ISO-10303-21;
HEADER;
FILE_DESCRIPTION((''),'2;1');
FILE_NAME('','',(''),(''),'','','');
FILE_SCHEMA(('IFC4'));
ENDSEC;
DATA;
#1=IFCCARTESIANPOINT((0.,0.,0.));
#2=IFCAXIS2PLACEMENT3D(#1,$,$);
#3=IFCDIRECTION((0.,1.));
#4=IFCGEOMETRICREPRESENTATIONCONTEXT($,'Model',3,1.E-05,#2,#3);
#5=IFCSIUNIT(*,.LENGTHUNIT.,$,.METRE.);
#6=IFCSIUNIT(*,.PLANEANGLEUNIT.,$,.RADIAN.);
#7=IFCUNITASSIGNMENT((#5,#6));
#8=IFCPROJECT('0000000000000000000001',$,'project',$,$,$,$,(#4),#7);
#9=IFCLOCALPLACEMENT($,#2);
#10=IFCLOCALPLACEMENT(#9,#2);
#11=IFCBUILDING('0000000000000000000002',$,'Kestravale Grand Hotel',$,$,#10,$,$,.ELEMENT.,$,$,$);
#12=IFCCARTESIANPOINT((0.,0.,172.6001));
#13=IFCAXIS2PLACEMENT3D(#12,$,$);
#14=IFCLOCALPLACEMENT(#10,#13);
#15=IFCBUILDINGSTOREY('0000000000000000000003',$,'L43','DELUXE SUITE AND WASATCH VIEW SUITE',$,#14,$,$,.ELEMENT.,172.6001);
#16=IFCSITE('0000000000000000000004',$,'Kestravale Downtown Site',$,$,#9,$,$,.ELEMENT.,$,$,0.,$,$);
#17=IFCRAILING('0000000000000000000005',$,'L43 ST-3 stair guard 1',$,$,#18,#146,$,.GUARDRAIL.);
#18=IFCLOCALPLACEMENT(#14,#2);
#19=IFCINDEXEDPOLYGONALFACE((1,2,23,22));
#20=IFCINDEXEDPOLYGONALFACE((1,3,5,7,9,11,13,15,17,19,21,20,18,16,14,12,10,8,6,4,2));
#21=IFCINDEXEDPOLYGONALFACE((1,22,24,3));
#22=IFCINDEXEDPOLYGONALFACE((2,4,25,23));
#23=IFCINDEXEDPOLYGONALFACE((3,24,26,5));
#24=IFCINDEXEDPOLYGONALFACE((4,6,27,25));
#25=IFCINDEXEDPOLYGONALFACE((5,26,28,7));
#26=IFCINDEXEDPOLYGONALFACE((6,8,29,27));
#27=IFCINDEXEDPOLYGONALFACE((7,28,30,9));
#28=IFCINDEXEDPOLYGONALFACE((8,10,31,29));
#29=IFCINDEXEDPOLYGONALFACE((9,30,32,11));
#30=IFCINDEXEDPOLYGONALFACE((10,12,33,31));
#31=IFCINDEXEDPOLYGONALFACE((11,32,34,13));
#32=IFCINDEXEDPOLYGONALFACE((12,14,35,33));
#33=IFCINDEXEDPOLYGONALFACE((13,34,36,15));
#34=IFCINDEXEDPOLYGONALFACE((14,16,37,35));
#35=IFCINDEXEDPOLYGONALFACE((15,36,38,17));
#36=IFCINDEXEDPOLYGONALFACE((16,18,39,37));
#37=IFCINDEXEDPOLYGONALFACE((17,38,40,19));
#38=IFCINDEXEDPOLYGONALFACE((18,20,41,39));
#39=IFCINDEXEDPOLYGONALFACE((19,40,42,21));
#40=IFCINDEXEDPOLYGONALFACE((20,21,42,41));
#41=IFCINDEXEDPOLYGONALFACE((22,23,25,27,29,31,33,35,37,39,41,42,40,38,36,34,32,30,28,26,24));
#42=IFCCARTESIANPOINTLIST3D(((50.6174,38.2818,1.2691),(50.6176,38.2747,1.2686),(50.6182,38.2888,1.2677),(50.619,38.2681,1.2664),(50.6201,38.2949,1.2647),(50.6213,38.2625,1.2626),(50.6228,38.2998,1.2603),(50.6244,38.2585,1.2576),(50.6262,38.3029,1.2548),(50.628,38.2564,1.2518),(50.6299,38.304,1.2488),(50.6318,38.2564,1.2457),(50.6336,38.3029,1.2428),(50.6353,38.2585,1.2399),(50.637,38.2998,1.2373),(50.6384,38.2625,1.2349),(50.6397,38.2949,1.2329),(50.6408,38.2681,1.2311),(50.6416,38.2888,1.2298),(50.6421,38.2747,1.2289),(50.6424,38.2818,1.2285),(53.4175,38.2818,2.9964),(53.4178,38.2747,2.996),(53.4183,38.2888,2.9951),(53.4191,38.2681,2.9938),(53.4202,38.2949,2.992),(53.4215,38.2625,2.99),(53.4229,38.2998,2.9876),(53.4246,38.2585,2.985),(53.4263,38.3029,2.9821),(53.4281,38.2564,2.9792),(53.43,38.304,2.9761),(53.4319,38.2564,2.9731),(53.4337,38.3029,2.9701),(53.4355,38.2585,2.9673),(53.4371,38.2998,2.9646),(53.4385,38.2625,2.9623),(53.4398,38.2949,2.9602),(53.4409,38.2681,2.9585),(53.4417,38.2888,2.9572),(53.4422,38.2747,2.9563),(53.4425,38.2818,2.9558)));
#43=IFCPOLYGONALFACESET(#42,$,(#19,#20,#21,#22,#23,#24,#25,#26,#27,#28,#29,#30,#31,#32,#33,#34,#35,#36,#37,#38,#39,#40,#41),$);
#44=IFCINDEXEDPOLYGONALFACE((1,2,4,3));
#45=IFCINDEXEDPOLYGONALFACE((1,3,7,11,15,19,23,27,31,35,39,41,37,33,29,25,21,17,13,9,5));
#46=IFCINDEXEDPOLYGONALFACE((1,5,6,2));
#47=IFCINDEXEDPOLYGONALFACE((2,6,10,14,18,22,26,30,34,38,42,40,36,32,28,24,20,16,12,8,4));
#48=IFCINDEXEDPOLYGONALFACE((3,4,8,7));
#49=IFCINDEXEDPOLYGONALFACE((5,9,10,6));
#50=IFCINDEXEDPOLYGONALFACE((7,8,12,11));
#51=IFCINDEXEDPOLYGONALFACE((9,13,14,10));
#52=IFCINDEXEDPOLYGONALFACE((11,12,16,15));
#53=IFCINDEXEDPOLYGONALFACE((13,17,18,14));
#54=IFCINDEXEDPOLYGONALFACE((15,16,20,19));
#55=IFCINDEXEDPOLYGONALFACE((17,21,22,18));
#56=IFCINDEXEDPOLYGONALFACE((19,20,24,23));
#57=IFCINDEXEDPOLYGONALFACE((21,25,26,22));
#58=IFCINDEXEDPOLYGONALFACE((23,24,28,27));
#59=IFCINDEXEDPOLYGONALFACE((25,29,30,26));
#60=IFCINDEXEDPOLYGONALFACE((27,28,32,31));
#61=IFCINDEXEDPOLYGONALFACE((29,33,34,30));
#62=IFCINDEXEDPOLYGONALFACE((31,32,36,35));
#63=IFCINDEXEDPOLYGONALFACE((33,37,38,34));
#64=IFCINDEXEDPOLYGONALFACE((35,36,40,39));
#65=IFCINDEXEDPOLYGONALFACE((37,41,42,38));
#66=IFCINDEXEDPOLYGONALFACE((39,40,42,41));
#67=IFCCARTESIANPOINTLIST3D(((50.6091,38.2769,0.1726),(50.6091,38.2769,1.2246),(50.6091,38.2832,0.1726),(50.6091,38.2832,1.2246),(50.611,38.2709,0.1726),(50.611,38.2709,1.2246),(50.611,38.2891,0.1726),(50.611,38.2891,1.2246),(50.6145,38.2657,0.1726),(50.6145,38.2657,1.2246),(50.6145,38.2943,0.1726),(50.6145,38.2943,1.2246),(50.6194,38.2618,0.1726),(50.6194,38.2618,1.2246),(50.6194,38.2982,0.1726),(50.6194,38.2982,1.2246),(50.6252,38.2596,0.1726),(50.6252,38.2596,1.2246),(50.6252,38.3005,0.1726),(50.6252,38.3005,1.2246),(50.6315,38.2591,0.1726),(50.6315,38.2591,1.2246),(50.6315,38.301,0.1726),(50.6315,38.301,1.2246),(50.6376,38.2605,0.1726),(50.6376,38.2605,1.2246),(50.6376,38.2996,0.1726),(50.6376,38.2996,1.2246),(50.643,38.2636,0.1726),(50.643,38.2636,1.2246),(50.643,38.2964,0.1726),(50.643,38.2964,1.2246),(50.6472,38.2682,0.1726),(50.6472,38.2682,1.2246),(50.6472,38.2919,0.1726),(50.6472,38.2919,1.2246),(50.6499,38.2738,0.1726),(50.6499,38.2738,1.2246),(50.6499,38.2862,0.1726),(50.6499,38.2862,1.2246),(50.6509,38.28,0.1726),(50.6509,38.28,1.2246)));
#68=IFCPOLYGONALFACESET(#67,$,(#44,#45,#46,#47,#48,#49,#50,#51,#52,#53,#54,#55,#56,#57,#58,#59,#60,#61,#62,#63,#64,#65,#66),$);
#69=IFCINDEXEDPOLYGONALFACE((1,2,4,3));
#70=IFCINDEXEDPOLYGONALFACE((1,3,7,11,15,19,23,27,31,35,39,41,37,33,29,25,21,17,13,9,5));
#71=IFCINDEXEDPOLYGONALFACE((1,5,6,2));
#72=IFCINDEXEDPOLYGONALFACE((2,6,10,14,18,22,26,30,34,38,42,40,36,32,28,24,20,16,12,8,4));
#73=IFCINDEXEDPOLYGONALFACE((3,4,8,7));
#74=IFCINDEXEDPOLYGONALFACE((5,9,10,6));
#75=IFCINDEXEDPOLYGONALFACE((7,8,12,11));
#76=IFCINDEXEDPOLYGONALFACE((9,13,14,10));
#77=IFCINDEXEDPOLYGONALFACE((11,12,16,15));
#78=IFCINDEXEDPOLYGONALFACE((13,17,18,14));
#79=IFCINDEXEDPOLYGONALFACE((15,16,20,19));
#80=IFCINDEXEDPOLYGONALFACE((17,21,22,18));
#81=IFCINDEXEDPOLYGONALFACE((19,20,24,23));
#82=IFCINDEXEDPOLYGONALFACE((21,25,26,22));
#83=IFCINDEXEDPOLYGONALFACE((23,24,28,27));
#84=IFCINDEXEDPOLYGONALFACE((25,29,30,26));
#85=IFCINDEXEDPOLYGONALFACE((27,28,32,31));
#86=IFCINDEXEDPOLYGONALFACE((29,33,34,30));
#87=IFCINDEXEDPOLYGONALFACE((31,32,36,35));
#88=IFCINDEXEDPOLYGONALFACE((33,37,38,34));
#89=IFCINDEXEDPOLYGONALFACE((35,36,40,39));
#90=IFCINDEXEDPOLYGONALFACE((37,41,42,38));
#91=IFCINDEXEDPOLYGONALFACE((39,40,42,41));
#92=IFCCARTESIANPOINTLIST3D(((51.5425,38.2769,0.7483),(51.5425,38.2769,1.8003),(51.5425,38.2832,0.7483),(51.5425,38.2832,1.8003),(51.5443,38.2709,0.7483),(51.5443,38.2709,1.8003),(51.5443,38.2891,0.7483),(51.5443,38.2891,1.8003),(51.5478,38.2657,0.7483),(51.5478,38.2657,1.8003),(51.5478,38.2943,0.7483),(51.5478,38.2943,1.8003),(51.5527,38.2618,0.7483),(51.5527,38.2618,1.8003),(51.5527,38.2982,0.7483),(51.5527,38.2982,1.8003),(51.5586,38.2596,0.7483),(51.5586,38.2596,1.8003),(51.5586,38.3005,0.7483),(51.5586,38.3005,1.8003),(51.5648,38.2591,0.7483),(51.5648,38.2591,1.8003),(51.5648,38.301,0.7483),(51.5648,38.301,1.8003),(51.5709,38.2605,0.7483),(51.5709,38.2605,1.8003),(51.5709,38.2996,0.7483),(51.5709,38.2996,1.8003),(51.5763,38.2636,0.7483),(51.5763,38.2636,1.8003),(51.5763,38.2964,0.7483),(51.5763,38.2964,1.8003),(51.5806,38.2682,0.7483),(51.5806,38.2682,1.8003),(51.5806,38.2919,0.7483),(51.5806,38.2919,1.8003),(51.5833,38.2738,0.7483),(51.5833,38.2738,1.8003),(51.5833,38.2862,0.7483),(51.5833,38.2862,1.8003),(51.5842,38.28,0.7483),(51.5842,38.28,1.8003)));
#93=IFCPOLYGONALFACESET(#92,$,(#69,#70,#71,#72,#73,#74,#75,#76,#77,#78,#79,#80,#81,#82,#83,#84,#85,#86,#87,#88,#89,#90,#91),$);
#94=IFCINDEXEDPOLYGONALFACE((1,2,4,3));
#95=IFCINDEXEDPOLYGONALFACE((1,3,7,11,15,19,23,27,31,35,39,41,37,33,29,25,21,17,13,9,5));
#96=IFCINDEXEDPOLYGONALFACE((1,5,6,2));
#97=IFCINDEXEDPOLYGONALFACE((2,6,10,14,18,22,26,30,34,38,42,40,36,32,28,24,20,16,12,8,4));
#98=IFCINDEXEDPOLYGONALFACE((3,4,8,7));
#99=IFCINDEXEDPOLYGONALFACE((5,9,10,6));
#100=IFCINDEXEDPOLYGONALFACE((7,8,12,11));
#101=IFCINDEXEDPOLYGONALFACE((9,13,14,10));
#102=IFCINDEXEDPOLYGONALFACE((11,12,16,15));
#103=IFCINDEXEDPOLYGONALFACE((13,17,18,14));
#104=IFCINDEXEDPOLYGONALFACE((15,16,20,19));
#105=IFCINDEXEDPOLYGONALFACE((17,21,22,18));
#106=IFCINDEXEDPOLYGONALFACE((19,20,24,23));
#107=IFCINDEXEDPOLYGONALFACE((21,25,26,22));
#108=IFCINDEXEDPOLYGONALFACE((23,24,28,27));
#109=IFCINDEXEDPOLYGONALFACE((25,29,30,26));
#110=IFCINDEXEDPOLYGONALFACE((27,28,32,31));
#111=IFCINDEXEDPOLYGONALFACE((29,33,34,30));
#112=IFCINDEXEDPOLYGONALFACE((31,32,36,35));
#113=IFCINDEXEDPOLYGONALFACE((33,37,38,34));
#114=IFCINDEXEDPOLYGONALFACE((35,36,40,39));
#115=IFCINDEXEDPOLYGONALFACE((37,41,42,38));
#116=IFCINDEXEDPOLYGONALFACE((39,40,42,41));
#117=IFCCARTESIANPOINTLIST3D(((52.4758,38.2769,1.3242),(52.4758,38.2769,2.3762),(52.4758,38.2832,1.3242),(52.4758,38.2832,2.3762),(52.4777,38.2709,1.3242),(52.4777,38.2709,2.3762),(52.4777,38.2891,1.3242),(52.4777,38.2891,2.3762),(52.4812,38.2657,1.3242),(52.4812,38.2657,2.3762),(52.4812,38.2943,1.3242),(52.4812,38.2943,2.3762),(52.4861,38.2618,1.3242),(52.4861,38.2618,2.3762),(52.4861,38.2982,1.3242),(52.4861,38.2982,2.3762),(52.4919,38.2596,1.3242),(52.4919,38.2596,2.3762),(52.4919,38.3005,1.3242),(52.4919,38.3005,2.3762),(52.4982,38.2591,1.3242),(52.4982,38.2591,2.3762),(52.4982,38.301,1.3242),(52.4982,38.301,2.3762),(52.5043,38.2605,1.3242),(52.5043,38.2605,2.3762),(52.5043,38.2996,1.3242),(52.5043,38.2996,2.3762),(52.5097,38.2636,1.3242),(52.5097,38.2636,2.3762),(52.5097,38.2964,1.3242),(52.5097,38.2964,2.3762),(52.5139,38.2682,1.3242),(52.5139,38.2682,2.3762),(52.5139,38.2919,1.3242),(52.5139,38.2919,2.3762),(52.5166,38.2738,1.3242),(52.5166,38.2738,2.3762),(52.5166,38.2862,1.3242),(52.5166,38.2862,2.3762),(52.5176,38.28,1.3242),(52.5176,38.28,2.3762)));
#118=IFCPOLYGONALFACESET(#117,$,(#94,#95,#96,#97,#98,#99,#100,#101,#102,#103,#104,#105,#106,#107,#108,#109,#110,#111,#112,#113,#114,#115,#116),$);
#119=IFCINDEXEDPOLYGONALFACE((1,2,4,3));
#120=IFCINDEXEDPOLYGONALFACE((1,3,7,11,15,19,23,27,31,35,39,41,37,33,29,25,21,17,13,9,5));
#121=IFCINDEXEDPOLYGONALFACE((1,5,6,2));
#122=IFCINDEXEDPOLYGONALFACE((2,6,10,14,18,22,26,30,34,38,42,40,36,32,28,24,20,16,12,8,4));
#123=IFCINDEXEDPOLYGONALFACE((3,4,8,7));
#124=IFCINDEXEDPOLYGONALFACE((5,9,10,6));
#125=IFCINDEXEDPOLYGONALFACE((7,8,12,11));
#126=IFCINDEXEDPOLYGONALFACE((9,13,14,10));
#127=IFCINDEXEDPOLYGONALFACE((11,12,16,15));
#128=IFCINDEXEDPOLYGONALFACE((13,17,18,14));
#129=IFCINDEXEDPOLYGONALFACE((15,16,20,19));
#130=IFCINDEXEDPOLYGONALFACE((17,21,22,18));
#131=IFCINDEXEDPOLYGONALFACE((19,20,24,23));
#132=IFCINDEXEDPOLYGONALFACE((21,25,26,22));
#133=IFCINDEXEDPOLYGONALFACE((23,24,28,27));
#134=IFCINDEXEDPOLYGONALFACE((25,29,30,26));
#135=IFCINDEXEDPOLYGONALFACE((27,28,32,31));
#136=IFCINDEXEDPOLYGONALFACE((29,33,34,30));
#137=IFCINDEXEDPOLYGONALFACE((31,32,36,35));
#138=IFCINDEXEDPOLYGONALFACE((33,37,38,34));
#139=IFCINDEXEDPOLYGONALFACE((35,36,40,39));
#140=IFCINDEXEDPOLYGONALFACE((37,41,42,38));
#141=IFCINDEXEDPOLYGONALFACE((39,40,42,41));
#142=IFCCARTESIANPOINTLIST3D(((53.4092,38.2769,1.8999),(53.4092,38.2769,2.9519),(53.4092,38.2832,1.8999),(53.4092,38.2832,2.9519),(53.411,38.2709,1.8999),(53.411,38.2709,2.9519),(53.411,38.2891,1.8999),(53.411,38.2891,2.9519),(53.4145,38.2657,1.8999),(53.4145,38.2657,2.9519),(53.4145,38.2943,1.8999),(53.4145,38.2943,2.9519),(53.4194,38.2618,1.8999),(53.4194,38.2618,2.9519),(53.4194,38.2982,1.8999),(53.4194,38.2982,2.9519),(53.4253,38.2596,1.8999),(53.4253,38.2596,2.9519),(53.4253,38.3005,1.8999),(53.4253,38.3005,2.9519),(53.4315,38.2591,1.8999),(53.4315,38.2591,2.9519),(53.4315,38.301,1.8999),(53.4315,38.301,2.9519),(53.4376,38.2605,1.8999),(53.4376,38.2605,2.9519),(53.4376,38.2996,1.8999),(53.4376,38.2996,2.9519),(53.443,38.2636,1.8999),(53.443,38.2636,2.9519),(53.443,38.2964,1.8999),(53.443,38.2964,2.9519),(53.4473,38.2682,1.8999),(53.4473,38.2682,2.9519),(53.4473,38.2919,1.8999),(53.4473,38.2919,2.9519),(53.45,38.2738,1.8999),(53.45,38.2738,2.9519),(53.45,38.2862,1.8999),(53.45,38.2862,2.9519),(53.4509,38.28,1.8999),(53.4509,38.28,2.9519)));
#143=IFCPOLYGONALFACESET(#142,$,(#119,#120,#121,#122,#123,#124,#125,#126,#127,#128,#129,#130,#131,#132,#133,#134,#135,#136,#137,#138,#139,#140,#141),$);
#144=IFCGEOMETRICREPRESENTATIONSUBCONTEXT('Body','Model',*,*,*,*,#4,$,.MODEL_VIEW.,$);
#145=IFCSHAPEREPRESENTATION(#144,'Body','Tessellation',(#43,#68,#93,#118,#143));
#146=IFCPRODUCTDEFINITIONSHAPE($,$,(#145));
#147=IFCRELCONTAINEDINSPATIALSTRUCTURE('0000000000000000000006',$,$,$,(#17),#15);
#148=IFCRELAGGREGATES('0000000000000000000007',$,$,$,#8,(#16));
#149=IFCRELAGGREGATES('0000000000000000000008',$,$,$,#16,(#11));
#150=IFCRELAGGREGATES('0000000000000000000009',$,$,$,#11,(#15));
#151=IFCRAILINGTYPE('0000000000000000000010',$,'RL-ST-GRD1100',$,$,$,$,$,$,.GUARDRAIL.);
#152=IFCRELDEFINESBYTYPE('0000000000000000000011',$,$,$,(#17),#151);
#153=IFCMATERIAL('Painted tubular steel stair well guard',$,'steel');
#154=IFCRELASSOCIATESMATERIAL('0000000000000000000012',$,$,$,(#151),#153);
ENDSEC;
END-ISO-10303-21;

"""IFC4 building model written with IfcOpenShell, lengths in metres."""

from ifc_helpers import new_model, si_unit, direction, frame, origin, origin_2d, place, context, subcontext, project, spatial, circle, extrude, material, type_object, element, save


model = new_model("IFC4")

# Units and contexts
model_context = context("Model", 3, precision=1e-05, world=origin(), true_north=direction((0.0, 1.0)))
body_context = subcontext(model_context, "Body", "Model", "MODEL_VIEW")
ifc_project = project(units=[si_unit("LENGTHUNIT", "METRE"), si_unit("PLANEANGLEUNIT", "RADIAN")], contexts=[model_context])

# Site, building, storey
site_placement = place(None, origin())
site = spatial("IfcSite", under=ifc_project, at=site_placement, Name="Kestravale Downtown Site", CompositionType="ELEMENT", RefElevation=0.0)
building_placement = place(site_placement, origin())
building = spatial("IfcBuilding", under=site, at=building_placement, Name="Kestravale Grand Hotel", CompositionType="ELEMENT")
storey_placement = place(building_placement, frame((0.0, 0.0, 172.6001)))
storey = spatial("IfcBuildingStorey", under=building, at=storey_placement, Name="L43", Description="DELUXE SUITE AND WASATCH VIEW SUITE", CompositionType="ELEMENT", Elevation=172.6001)

# Railing
ifc_material_1 = material(Name="Painted tubular steel stair well guard", Category="steel")
railing_type_1 = type_object("IfcRailingType", Name="RL-ST-GRD1100", PredefinedType="GUARDRAIL", material=ifc_material_1)
railing_1_placement = place(storey_placement, frame((50.6299, 38.28, 0.1726)))
element("IfcRailing", 1, at=railing_1_placement, inside=storey, type_object=railing_type_1, Name="L43 ST-3 stair guard 1", PredefinedType="GUARDRAIL", context=body_context, shape_type="SweptSolid", body=[
    extrude(circle(Radius=0.0239, at=origin_2d()), frame((0.0, 0.0, 1.0762), z_axis=(0.85109, 0.0, 0.52502), x_axis=(0.0, 1.0, 0.0)), (0.0, 0.0, 1.0), 3.29),
    extrude(circle(Radius=0.021, at=origin_2d()), origin(), (0.0, 0.0, 1.0), 1.052),
    extrude(circle(Radius=0.021, at=origin_2d()), frame((0.9333, 0.0, 0.5757)), (0.0, 0.0, 1.0), 1.052),
    extrude(circle(Radius=0.021, at=origin_2d()), frame((1.8667, 0.0, 1.1516)), (0.0, 0.0, 1.0), 1.052),
    extrude(circle(Radius=0.021, at=origin_2d()), frame((2.8, 0.0, 1.7273)), (0.0, 0.0, 1.0), 1.052),
])

save(model, "model.ifc")
